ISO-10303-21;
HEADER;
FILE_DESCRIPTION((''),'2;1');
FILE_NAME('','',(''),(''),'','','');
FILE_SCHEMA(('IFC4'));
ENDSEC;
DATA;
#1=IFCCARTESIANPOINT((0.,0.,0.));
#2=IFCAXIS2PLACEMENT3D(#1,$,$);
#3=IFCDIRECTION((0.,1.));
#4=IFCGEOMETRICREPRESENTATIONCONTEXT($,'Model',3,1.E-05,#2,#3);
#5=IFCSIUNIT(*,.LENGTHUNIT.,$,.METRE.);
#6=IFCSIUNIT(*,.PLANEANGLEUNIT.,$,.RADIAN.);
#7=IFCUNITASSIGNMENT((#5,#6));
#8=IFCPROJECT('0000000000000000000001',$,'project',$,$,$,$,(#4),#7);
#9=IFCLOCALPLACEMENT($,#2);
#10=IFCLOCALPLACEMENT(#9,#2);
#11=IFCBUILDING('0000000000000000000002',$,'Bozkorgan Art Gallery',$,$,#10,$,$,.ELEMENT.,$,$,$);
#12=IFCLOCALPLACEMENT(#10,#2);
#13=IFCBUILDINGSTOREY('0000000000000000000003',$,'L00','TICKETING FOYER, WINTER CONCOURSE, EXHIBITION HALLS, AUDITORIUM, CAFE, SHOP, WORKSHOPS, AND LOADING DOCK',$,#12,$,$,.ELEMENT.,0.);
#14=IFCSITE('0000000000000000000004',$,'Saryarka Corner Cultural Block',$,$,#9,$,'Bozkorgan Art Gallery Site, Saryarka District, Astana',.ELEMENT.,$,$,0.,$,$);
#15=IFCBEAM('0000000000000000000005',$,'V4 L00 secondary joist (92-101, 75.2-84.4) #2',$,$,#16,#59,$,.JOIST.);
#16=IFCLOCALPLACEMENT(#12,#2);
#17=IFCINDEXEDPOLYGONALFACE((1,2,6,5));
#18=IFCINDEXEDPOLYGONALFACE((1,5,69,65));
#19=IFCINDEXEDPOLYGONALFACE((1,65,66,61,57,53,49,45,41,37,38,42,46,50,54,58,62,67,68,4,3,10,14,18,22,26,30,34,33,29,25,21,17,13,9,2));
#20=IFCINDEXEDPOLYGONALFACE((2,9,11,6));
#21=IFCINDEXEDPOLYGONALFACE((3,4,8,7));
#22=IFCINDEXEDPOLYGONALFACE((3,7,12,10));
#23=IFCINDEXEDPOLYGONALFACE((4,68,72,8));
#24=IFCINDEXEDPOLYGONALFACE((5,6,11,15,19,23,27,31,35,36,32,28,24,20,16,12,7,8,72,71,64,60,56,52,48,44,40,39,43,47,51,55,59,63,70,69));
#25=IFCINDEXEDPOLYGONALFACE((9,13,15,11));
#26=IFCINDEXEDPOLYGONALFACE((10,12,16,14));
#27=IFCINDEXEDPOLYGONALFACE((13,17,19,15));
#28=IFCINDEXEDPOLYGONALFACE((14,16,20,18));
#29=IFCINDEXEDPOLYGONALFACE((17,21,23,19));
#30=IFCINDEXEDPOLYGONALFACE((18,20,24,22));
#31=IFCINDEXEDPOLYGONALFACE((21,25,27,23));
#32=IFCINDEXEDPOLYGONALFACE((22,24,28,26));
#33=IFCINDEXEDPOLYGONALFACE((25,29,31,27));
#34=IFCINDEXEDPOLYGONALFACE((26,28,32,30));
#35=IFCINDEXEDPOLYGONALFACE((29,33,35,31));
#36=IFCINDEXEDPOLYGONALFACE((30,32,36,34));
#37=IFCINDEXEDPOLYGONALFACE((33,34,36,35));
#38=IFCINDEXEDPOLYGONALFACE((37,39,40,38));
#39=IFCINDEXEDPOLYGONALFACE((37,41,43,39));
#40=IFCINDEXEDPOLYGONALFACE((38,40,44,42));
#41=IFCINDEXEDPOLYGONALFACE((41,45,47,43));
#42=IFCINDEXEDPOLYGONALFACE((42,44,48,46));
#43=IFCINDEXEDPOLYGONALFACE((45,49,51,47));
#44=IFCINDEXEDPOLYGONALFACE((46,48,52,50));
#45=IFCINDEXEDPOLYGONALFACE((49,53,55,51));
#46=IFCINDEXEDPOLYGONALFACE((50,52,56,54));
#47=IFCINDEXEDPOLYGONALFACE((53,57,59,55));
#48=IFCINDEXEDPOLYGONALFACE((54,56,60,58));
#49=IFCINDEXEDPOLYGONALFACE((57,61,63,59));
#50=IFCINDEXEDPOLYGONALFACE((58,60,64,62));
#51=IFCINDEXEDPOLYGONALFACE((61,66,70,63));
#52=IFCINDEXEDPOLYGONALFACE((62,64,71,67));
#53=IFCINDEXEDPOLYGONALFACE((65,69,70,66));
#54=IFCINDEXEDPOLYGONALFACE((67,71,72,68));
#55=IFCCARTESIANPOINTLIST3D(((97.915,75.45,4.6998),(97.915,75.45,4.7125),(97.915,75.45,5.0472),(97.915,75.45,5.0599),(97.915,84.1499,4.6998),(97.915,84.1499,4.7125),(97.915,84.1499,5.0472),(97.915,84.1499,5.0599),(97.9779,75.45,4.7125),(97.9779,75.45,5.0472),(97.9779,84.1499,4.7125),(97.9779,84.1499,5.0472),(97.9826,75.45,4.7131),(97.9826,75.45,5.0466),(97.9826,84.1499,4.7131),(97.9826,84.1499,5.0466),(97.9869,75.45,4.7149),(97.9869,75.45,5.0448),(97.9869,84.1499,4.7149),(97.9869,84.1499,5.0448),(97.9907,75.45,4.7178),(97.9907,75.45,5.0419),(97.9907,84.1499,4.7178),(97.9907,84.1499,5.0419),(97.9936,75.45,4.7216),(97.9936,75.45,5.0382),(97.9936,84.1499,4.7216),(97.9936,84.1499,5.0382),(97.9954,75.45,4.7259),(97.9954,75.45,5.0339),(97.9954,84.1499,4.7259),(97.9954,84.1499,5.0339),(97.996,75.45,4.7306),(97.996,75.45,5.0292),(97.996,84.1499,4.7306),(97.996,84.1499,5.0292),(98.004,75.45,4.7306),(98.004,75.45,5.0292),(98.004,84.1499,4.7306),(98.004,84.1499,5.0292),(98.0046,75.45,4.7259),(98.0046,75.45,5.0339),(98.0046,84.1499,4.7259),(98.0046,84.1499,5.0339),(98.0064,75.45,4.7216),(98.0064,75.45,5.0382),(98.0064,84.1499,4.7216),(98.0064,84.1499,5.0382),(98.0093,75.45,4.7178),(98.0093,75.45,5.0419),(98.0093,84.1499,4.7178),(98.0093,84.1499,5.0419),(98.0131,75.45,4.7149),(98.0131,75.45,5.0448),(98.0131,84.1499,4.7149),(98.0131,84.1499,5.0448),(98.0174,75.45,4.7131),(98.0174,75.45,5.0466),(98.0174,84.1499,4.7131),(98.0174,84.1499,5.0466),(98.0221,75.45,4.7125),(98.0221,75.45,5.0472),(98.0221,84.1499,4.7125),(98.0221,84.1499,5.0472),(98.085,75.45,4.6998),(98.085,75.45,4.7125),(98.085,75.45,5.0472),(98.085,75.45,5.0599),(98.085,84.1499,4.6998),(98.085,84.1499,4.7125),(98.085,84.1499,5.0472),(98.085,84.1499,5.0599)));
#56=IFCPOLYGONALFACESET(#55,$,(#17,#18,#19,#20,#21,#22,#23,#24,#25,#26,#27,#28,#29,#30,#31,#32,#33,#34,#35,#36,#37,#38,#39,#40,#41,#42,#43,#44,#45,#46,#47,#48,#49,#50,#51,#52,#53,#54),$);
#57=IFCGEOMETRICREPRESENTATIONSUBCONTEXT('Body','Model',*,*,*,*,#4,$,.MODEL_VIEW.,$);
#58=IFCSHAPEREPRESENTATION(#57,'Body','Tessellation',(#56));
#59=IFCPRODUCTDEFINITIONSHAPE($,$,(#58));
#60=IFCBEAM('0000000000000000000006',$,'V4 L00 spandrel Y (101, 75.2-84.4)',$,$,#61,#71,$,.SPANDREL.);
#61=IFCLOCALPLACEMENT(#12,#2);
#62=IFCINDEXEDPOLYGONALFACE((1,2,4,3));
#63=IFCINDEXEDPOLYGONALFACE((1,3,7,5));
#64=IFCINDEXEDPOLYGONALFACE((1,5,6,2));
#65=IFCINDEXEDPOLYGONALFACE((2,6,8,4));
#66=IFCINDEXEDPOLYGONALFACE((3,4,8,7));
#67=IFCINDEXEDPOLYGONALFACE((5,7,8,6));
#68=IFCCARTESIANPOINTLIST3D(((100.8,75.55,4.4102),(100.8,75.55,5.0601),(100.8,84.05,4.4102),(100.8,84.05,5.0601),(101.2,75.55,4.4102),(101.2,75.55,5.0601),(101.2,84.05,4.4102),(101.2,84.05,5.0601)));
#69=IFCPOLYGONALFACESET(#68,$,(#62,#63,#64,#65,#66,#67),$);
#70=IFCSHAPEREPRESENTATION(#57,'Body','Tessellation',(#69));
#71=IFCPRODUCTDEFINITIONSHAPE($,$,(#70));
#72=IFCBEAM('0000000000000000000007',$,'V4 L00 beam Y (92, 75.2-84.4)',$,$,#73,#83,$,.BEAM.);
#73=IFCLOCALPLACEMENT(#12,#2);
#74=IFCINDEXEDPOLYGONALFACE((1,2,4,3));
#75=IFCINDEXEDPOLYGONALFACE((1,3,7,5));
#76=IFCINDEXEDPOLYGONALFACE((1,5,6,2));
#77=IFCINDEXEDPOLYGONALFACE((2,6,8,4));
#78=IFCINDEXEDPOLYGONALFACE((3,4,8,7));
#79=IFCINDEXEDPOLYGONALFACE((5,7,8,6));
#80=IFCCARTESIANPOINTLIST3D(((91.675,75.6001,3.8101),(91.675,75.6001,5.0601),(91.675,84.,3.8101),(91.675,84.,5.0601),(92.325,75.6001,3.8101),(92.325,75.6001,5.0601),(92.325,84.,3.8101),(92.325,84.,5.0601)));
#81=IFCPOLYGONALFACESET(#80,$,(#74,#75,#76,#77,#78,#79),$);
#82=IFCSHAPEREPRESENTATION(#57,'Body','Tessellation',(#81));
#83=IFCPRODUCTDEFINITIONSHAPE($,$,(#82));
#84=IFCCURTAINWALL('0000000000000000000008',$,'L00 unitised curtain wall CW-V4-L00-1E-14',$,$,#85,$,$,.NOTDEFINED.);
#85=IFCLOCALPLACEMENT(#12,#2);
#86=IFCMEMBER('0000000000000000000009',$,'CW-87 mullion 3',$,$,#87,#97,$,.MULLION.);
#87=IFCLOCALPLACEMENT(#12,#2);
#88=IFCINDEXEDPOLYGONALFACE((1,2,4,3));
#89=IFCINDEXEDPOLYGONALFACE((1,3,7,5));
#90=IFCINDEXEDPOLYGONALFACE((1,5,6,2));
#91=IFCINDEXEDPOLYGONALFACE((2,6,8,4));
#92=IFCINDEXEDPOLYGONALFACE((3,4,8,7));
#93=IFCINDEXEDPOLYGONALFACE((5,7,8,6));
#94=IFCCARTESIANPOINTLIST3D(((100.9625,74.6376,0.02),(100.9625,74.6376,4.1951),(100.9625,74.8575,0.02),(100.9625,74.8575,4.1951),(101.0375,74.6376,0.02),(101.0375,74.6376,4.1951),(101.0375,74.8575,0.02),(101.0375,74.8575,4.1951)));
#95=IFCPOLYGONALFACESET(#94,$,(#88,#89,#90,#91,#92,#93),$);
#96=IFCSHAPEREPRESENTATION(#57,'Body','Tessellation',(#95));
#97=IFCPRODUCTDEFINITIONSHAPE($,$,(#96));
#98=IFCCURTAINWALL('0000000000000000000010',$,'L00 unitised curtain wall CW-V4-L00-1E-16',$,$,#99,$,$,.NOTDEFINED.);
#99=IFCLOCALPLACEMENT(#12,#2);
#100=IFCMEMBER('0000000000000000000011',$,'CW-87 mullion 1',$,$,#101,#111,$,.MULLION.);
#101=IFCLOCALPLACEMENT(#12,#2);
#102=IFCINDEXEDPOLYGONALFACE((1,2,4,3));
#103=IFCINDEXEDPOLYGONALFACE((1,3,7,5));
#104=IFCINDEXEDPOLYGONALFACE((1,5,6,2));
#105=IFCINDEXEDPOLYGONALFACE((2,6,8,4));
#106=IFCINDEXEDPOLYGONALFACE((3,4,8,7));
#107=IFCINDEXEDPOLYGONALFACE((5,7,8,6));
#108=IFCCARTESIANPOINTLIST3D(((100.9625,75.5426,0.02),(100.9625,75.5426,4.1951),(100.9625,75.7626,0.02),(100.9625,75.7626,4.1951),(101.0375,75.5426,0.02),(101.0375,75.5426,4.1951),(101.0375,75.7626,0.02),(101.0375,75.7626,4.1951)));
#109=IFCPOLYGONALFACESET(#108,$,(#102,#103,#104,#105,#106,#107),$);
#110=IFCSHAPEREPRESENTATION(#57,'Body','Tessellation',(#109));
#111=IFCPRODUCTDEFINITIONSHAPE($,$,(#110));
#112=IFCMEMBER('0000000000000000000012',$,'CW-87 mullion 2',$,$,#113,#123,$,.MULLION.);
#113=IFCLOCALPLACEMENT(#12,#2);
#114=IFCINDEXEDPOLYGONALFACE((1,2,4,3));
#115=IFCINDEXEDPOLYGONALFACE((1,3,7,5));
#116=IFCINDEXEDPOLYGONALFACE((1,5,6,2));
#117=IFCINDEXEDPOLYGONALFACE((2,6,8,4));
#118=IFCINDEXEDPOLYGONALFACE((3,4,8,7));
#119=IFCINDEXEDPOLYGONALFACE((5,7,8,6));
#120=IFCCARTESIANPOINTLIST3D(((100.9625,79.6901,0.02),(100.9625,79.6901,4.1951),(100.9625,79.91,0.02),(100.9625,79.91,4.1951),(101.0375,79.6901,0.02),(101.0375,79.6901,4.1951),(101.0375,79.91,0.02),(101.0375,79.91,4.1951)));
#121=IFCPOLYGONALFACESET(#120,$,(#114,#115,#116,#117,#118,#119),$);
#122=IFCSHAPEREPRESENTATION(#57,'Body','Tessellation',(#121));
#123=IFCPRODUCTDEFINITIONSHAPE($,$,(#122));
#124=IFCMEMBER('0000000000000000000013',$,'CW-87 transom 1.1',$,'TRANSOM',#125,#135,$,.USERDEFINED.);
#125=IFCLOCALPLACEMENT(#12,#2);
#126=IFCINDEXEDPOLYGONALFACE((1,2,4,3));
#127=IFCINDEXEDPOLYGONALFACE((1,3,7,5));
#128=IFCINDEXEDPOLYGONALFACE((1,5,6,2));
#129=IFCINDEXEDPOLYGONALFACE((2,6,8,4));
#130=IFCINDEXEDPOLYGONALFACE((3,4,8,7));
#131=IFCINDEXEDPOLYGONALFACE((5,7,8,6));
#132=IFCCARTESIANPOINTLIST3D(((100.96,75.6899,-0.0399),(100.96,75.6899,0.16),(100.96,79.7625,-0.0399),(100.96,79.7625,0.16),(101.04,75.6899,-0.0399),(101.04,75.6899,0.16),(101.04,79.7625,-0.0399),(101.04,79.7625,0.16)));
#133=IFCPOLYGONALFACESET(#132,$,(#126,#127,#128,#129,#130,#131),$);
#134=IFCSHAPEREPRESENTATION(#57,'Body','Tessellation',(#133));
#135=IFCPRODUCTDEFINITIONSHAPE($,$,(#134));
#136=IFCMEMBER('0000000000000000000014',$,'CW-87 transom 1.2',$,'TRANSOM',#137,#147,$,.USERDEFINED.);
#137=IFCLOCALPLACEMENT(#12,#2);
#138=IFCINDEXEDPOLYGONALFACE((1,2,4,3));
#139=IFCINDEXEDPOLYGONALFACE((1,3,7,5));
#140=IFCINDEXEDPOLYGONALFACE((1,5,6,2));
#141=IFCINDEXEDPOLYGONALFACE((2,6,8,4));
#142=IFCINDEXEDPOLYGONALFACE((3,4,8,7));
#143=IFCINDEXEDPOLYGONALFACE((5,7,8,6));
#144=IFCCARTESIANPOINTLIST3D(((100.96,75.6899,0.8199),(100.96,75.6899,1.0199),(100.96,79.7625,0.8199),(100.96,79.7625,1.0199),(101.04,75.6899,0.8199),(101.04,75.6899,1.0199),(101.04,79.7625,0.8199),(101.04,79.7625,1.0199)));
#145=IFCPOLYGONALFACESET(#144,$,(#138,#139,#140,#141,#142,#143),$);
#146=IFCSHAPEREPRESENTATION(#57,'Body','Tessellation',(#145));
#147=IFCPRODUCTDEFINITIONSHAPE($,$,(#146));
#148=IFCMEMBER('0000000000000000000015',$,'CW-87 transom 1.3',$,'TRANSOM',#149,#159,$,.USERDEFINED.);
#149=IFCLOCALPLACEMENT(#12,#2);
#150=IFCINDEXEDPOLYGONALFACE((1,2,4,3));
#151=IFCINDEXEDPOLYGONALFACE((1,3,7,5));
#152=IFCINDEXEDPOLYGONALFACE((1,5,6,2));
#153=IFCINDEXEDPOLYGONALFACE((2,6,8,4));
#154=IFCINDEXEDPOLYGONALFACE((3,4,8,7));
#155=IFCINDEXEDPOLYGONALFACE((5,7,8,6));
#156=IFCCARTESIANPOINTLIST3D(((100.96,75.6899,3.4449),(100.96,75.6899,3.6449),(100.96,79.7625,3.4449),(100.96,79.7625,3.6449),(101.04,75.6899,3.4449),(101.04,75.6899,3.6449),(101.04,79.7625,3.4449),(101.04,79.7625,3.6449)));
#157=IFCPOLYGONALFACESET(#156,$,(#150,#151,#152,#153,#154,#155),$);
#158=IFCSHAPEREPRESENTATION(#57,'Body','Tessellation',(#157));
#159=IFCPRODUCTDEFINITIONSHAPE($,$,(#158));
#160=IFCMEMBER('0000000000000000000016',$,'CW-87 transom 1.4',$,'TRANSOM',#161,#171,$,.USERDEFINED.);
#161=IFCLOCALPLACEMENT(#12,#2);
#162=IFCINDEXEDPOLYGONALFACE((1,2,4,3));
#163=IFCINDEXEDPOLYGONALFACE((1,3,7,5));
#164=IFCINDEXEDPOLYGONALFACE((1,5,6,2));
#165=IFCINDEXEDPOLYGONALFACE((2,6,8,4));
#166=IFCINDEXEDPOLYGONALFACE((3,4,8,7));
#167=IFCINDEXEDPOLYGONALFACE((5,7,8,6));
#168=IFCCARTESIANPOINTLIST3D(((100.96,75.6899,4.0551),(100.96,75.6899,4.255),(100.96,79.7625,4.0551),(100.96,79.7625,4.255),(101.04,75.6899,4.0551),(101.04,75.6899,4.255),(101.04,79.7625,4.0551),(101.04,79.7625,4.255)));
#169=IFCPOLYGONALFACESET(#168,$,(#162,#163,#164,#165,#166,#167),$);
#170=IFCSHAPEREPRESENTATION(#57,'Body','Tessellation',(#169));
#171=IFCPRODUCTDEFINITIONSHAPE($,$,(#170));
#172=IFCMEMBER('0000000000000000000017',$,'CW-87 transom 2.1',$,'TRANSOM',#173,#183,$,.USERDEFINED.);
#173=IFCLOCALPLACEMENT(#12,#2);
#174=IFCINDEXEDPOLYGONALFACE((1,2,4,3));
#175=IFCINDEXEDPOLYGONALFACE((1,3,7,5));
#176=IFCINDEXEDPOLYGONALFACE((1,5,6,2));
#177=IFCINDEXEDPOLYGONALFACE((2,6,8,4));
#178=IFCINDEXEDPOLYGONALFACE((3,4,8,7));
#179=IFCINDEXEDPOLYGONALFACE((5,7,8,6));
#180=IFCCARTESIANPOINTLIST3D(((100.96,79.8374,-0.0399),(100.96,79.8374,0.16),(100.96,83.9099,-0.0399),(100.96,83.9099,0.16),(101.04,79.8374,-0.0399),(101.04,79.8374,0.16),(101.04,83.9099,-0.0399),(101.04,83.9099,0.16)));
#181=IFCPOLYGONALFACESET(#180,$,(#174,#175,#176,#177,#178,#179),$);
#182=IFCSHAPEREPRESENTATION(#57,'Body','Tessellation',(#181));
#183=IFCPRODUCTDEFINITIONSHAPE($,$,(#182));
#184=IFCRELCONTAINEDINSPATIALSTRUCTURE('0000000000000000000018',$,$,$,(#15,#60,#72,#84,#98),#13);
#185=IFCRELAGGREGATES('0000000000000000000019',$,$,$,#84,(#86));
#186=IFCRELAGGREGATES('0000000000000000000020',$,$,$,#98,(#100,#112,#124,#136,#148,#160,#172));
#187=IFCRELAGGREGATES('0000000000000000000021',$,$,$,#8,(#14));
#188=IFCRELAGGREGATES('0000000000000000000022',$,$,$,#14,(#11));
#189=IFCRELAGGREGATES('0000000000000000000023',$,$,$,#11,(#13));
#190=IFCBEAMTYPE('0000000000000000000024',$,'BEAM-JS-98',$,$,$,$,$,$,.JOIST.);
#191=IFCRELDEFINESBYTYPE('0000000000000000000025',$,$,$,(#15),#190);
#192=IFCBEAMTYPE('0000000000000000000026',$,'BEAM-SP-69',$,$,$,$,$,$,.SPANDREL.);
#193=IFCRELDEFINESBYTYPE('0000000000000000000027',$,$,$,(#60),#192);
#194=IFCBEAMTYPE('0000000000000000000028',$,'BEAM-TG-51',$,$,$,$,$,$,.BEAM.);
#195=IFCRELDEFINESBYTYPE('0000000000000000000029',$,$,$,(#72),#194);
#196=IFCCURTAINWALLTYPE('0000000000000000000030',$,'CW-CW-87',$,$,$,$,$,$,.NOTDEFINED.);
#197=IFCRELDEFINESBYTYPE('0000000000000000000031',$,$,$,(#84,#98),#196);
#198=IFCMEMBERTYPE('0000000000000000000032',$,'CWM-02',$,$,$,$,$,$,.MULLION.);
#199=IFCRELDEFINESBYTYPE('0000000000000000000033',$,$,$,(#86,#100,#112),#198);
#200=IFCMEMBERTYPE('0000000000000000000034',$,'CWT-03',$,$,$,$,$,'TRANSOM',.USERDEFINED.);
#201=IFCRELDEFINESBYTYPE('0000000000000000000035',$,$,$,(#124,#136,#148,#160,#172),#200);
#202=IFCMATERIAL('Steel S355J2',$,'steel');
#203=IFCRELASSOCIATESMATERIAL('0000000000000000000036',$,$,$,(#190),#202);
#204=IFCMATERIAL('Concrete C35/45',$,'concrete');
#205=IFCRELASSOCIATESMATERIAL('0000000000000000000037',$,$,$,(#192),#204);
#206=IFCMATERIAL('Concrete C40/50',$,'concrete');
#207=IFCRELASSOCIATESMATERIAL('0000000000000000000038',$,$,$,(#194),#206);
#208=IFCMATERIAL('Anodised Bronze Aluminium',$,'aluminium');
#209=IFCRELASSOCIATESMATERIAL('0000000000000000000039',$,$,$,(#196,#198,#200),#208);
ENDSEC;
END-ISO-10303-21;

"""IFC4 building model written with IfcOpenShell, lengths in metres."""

from ifc_helpers import new_model, si_unit, direction, frame, origin, origin_2d, place, context, subcontext, project, spatial, rectangle, i_section, extrude, material, material_profile, profile_set, type_object, element, aggregate, save


model = new_model("IFC4")

# Units and contexts
model_context = context("Model", 3, precision=1e-05, world=origin(), true_north=direction((0.0, 1.0)))
body_context = subcontext(model_context, "Body", "Model", "MODEL_VIEW")
ifc_project = project(units=[si_unit("LENGTHUNIT", "METRE"), si_unit("PLANEANGLEUNIT", "RADIAN")], contexts=[model_context])

# Site, building, storey
site_placement = place(None, origin())
site = spatial("IfcSite", under=ifc_project, at=site_placement, Name="Saryarka Corner Cultural Block", LongName="Bozkorgan Art Gallery Site, Saryarka District, Astana", CompositionType="ELEMENT", RefElevation=0.0)
building_placement = place(site_placement, origin())
building = spatial("IfcBuilding", under=site, at=building_placement, Name="Bozkorgan Art Gallery", CompositionType="ELEMENT")
storey_placement = place(building_placement, origin())
storey = spatial("IfcBuildingStorey", under=building, at=storey_placement, Name="L00", Description="TICKETING FOYER, WINTER CONCOURSE, EXHIBITION HALLS, AUDITORIUM, CAFE, SHOP, WORKSHOPS, AND LOADING DOCK", CompositionType="ELEMENT", Elevation=0.0)

# Shared definitions
ifc_material_1 = material(Name="Concrete C40/50", Category="concrete")

# Beams
ifc_material_2 = material(Name="Concrete C35/45", Category="concrete")
ifc_material_3 = material(Name="Steel S355J2", Category="steel")
ifc_material_profile_1 = material_profile(ifc_material_3, i_section(OverallWidth=0.1699, OverallDepth=0.3601, WebThickness=0.0081, FlangeThickness=0.0127, FilletRadius=0.0181, at=origin_2d()), Name="IPE 360")
ifc_profile_set_1 = profile_set([ifc_material_profile_1], Name="Steel S355J2")
beam_type_1 = type_object("IfcBeamType", Name="BEAM-JS-98", PredefinedType="JOIST", material=ifc_profile_set_1)
for number, where, z_axis, x_axis, name in (
    (1, (98.0, 75.45, 4.8799), (0.0, 1.0, 0.0), (-1.0, 0.0, 0.0), "V4 L00 secondary joist (92-101, 75.2-84.4) #2"),
):
    element("IfcBeam", number, at=place(storey_placement, frame(where, z_axis=z_axis, x_axis=x_axis)), inside=storey, type_object=beam_type_1, Name=name, PredefinedType="JOIST", context=body_context, shape_type="SweptSolid", body=[
        extrude(i_section(OverallWidth=0.1699, OverallDepth=0.3601, WebThickness=0.0081, FlangeThickness=0.0127, FilletRadius=0.0181, at=origin_2d()), origin(), (0.0, 0.0, 1.0), 8.7),
    ])
ifc_material_profile_2 = material_profile(ifc_material_2, rectangle(XDim=0.3999, YDim=0.6499, at=origin_2d()), Name="RC 400x650")
ifc_profile_set_2 = profile_set([ifc_material_profile_2], Name="Concrete C35/45")
beam_type_2 = type_object("IfcBeamType", Name="BEAM-SP-69", PredefinedType="SPANDREL", material=ifc_profile_set_2)
beam_1_placement = place(storey_placement, frame((101.0, 75.55, 4.7351), z_axis=(0.0, 1.0, 0.0), x_axis=(-1.0, 0.0, 0.0)))
element("IfcBeam", 2, at=beam_1_placement, inside=storey, type_object=beam_type_2, Name="V4 L00 spandrel Y (101, 75.2-84.4)", PredefinedType="SPANDREL", context=body_context, shape_type="SweptSolid", body=[
    extrude(rectangle(XDim=0.3999, YDim=0.6499, at=origin_2d()), origin(), (0.0, 0.0, 1.0), 8.5),
])
ifc_material_profile_3 = material_profile(ifc_material_1, rectangle(XDim=0.6499, YDim=1.25, at=origin_2d()), Name="RC 650x1250")
ifc_profile_set_3 = profile_set([ifc_material_profile_3], Name="Concrete C40/50")
beam_type_3 = type_object("IfcBeamType", Name="BEAM-TG-51", PredefinedType="BEAM", material=ifc_profile_set_3)
beam_2_placement = place(storey_placement, frame((92.0, 75.6001, 4.4351), z_axis=(0.0, 1.0, 0.0), x_axis=(-1.0, 0.0, 0.0)))
element("IfcBeam", 3, at=beam_2_placement, inside=storey, type_object=beam_type_3, Name="V4 L00 beam Y (92, 75.2-84.4)", PredefinedType="BEAM", context=body_context, shape_type="SweptSolid", body=[
    extrude(rectangle(XDim=0.6499, YDim=1.25, at=origin_2d()), origin(), (0.0, 0.0, 1.0), 8.3999),
])

# Curtain wall, member
ifc_material_4 = material(Name="Anodised Bronze Aluminium", Category="aluminium")
curtain_wall_type = type_object("IfcCurtainWallType", Name="CW-CW-87", PredefinedType="NOTDEFINED", material=ifc_material_4)
curtain_wall_1_placement = place(storey_placement, origin())
curtain_wall_1 = element("IfcCurtainWall", 4, at=curtain_wall_1_placement, inside=storey, type_object=curtain_wall_type, Name="L00 unitised curtain wall CW-V4-L00-1E-14", PredefinedType="NOTDEFINED")
ifc_material_profile_4 = material_profile(ifc_material_4, rectangle(XDim=0.075, YDim=0.22, at=origin_2d()), Name="ALU MULLION 75x220")
ifc_profile_set_4 = profile_set([ifc_material_profile_4], Name="Anodised Bronze Aluminium")
member_type_1 = type_object("IfcMemberType", Name="CWM-02", PredefinedType="MULLION", material=ifc_profile_set_4)
member_1_placement = place(storey_placement, frame((101.0, 74.7476, 0.02), z_axis=(0.0, 0.0, 1.0), x_axis=(-1.0, 0.0, 0.0)))
member_1 = element("IfcMember", 5, at=member_1_placement, type_object=member_type_1, Name="CW-87 mullion 3", PredefinedType="MULLION", context=body_context, shape_type="SweptSolid", body=[
    extrude(rectangle(XDim=0.075, YDim=0.22, at=origin_2d()), origin(), (0.0, 0.0, 1.0), 4.175),
])
aggregate(curtain_wall_1, [member_1])

# Curtain wall, members
curtain_wall_2_placement = place(storey_placement, origin())
curtain_wall_2 = element("IfcCurtainWall", 6, at=curtain_wall_2_placement, inside=storey, type_object=curtain_wall_type, Name="L00 unitised curtain wall CW-V4-L00-1E-16", PredefinedType="NOTDEFINED")
member_2_placement = place(storey_placement, frame((101.0, 75.6526, 0.02), z_axis=(0.0, 0.0, 1.0), x_axis=(-1.0, 0.0, 0.0)))
member_2 = element("IfcMember", 7, at=member_2_placement, type_object=member_type_1, Name="CW-87 mullion 1", PredefinedType="MULLION", context=body_context, shape_type="SweptSolid", body=[
    extrude(rectangle(XDim=0.075, YDim=0.22, at=origin_2d()), origin(), (0.0, 0.0, 1.0), 4.175),
])
member_3_placement = place(storey_placement, frame((101.0, 79.8, 0.02), z_axis=(0.0, 0.0, 1.0), x_axis=(-1.0, 0.0, 0.0)))
member_3 = element("IfcMember", 8, at=member_3_placement, type_object=member_type_1, Name="CW-87 mullion 2", PredefinedType="MULLION", context=body_context, shape_type="SweptSolid", body=[
    extrude(rectangle(XDim=0.075, YDim=0.22, at=origin_2d()), origin(), (0.0, 0.0, 1.0), 4.175),
])
ifc_material_profile_5 = material_profile(ifc_material_4, rectangle(XDim=0.0801, YDim=0.2, at=origin_2d()), Name="ALU TRANSOM 80x200")
ifc_profile_set_5 = profile_set([ifc_material_profile_5], Name="Anodised Bronze Aluminium")
member_type_2 = type_object("IfcMemberType", Name="CWT-03", ElementType="TRANSOM", PredefinedType="USERDEFINED", material=ifc_profile_set_5)
member_4_placement = place(storey_placement, frame((101.0, 75.6899, 0.0601), z_axis=(0.0, 1.0, 0.0), x_axis=(-1.0, 0.0, 0.0)))
member_4 = element("IfcMember", 9, at=member_4_placement, type_object=member_type_2, Name="CW-87 transom 1.1", ObjectType="TRANSOM", PredefinedType="USERDEFINED", context=body_context, shape_type="SweptSolid", body=[
    extrude(rectangle(XDim=0.0801, YDim=0.2, at=origin_2d()), origin(), (0.0, 0.0, 1.0), 4.0725),
])
member_5_placement = place(storey_placement, frame((101.0, 75.6899, 0.9199), z_axis=(0.0, 1.0, 0.0), x_axis=(-1.0, 0.0, 0.0)))
member_5 = element("IfcMember", 10, at=member_5_placement, type_object=member_type_2, Name="CW-87 transom 1.2", ObjectType="TRANSOM", PredefinedType="USERDEFINED", context=body_context, shape_type="SweptSolid", body=[
    extrude(rectangle(XDim=0.0801, YDim=0.2, at=origin_2d()), origin(), (0.0, 0.0, 1.0), 4.0725),
])
member_6_placement = place(storey_placement, frame((101.0, 75.6899, 3.5449), z_axis=(0.0, 1.0, 0.0), x_axis=(-1.0, 0.0, 0.0)))
member_6 = element("IfcMember", 11, at=member_6_placement, type_object=member_type_2, Name="CW-87 transom 1.3", ObjectType="TRANSOM", PredefinedType="USERDEFINED", context=body_context, shape_type="SweptSolid", body=[
    extrude(rectangle(XDim=0.0801, YDim=0.2, at=origin_2d()), origin(), (0.0, 0.0, 1.0), 4.0725),
])
member_7_placement = place(storey_placement, frame((101.0, 75.6899, 4.155), z_axis=(0.0, 1.0, 0.0), x_axis=(-1.0, 0.0, 0.0)))
member_7 = element("IfcMember", 12, at=member_7_placement, type_object=member_type_2, Name="CW-87 transom 1.4", ObjectType="TRANSOM", PredefinedType="USERDEFINED", context=body_context, shape_type="SweptSolid", body=[
    extrude(rectangle(XDim=0.0801, YDim=0.2, at=origin_2d()), origin(), (0.0, 0.0, 1.0), 4.0725),
])
member_8_placement = place(storey_placement, frame((101.0, 79.8374, 0.0601), z_axis=(0.0, 1.0, 0.0), x_axis=(-1.0, 0.0, 0.0)))
member_8 = element("IfcMember", 13, at=member_8_placement, type_object=member_type_2, Name="CW-87 transom 2.1", ObjectType="TRANSOM", PredefinedType="USERDEFINED", context=body_context, shape_type="SweptSolid", body=[
    extrude(rectangle(XDim=0.0801, YDim=0.2, at=origin_2d()), origin(), (0.0, 0.0, 1.0), 4.0725),
])
aggregate(curtain_wall_2, [member_2, member_3, member_4, member_5, member_6, member_7, member_8])

save(model, "model.ifc")
